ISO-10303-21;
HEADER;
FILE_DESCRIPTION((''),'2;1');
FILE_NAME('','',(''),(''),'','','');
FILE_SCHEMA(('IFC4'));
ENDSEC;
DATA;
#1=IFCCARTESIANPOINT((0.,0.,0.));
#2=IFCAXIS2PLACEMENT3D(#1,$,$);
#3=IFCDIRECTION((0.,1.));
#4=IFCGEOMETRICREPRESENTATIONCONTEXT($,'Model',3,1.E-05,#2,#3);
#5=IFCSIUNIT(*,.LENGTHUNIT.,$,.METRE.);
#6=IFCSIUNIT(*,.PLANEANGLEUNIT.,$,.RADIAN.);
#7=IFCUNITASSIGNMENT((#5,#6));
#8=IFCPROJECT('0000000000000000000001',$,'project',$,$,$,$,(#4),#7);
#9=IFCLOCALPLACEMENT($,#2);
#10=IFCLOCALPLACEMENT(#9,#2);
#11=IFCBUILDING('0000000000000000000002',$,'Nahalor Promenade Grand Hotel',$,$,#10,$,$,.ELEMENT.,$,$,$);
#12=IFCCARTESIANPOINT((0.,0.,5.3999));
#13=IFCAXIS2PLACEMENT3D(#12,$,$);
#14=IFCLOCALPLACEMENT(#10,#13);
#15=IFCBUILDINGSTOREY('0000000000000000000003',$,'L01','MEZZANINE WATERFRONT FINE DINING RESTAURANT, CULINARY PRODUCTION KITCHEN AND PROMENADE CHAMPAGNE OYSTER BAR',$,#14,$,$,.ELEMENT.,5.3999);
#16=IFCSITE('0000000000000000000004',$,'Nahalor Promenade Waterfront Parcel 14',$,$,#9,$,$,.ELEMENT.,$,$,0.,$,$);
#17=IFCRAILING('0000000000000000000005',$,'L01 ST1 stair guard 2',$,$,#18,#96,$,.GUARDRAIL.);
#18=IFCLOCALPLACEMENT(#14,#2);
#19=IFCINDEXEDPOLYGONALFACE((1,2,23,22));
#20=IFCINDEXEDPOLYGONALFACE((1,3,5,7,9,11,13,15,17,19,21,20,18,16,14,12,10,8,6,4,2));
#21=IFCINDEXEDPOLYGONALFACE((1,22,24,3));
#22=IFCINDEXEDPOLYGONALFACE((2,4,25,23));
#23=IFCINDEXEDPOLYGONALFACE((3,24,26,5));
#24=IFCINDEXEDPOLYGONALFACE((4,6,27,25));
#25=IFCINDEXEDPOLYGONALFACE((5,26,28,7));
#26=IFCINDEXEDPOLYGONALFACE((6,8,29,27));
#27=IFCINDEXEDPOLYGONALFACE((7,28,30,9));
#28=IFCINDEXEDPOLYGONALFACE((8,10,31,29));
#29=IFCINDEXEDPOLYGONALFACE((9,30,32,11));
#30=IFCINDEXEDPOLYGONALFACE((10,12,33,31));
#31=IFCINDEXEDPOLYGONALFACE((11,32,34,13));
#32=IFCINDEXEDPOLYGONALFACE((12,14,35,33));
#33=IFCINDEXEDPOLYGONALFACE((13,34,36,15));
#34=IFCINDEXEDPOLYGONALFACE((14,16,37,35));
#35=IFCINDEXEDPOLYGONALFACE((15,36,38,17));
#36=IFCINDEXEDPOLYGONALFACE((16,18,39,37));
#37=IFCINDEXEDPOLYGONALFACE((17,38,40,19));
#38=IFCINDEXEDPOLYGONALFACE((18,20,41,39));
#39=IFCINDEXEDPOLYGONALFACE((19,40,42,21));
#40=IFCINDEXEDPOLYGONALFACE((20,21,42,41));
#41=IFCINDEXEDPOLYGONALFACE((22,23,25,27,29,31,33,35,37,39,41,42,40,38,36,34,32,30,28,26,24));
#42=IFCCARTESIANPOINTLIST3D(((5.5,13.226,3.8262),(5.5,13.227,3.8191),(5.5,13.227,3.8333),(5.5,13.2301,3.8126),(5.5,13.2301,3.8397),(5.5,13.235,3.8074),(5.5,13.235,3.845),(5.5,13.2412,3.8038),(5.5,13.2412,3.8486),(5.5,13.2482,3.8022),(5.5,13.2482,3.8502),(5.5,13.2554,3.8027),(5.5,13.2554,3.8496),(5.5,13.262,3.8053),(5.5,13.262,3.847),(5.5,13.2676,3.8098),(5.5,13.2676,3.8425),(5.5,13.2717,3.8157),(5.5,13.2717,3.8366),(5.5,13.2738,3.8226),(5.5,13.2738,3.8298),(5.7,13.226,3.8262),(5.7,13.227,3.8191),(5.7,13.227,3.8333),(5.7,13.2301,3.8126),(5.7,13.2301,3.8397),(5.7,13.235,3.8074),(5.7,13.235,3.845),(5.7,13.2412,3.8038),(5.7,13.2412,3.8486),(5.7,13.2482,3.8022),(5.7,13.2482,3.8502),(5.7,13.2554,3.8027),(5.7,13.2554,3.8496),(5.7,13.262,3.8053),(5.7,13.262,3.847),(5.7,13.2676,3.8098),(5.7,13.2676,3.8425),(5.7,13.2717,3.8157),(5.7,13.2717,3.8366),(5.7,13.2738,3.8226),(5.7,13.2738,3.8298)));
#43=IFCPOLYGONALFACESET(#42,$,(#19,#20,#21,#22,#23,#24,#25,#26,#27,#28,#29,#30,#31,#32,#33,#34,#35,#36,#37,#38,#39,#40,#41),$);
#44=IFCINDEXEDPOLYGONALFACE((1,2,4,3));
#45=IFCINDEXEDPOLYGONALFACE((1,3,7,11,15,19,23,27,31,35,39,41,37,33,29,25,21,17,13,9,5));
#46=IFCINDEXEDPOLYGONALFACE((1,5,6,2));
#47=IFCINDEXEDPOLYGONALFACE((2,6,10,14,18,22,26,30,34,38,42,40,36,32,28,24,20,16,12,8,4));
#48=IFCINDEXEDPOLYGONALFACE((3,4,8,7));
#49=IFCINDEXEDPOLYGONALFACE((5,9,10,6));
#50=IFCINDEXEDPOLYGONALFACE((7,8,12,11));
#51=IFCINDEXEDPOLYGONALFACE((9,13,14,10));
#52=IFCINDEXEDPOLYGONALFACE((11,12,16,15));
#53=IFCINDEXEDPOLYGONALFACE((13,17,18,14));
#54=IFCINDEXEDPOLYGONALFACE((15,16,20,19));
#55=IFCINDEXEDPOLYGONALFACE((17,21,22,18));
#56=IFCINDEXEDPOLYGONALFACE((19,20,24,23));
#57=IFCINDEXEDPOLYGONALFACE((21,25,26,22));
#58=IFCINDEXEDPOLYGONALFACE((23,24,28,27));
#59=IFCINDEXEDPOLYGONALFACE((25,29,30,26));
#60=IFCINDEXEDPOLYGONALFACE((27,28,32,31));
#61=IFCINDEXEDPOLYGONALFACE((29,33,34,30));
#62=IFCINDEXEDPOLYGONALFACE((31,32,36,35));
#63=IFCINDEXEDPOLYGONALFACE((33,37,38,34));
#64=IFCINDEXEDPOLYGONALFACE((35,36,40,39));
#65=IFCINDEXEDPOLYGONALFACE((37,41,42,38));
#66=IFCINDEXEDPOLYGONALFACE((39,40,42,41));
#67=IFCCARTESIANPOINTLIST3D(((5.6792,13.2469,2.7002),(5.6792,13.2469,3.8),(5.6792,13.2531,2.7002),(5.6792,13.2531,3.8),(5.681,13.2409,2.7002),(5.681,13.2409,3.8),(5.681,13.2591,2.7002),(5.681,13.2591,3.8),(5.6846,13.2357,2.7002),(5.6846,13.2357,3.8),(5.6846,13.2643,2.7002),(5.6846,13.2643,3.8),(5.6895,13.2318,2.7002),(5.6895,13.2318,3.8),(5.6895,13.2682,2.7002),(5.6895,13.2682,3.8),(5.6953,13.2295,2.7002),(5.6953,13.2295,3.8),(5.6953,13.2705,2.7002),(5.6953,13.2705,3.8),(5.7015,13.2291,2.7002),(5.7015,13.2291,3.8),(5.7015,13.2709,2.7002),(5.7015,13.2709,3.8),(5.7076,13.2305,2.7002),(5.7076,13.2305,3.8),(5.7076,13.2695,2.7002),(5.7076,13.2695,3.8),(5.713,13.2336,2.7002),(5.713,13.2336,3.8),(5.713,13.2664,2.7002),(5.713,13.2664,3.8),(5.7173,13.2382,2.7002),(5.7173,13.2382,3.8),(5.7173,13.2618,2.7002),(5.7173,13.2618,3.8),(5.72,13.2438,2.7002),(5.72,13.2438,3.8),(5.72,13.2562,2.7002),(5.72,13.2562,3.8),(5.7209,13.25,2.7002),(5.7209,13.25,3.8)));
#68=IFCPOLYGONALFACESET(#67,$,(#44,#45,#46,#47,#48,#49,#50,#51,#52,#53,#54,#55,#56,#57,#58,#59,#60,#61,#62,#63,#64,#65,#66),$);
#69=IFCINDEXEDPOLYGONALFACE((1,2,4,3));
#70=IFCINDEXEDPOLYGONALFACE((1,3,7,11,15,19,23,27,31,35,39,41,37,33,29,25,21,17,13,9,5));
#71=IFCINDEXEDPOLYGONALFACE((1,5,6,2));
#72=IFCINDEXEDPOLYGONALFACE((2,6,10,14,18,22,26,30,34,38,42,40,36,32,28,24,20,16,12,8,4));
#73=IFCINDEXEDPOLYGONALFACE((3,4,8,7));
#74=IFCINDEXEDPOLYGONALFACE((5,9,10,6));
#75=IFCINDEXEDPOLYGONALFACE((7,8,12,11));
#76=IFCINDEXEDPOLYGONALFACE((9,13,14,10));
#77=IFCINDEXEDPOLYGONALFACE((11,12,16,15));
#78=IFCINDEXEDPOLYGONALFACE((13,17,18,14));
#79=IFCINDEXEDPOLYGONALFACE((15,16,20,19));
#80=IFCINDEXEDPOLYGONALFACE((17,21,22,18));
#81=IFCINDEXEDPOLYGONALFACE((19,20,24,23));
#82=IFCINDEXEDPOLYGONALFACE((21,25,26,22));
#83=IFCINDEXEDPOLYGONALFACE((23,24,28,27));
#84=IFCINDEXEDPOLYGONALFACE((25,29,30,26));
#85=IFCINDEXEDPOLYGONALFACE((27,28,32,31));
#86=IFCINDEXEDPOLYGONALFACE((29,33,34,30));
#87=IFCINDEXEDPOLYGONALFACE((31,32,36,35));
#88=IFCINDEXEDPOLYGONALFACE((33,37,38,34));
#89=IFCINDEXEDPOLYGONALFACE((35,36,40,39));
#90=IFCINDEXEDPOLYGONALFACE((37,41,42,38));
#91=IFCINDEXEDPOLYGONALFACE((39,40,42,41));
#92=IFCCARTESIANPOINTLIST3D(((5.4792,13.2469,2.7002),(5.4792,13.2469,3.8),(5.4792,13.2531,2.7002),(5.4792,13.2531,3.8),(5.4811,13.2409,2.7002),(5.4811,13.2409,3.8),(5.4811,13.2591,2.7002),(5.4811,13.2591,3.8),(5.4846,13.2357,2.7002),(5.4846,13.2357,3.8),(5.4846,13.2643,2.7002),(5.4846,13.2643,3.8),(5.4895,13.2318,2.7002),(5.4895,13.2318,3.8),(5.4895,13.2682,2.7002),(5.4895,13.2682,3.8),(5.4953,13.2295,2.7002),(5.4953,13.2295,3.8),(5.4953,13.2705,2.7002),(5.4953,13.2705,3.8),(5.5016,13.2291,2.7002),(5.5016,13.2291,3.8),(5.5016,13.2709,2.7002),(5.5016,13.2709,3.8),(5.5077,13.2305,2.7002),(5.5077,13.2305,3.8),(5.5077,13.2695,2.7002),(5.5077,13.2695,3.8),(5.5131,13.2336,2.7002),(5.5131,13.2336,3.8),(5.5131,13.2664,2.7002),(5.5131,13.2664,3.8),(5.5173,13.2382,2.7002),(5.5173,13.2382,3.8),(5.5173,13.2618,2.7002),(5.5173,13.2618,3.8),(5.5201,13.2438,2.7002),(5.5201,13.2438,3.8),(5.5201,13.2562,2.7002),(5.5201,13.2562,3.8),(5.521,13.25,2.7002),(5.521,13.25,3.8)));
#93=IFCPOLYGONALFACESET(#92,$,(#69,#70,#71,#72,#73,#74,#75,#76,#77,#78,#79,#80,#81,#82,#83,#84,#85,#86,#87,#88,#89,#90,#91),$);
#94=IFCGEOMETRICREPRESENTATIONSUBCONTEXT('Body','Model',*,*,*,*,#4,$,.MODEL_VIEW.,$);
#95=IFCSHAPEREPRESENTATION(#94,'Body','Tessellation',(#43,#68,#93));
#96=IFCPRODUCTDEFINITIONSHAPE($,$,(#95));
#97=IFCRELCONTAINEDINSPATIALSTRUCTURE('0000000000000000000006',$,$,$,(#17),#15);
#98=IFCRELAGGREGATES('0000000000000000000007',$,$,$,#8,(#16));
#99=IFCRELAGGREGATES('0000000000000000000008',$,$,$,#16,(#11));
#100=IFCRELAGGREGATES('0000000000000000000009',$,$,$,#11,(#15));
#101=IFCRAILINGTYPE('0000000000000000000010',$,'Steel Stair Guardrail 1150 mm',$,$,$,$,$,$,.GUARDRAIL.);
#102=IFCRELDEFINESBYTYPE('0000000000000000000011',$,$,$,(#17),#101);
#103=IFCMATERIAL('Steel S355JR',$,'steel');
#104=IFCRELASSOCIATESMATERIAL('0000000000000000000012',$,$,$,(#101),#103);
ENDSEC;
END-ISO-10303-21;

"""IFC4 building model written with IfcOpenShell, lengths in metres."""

from ifc_helpers import new_model, si_unit, direction, frame, origin, origin_2d, place, context, subcontext, project, spatial, circle, extrude, material, type_object, element, save


model = new_model("IFC4")

# Units and contexts
model_context = context("Model", 3, precision=1e-05, world=origin(), true_north=direction((0.0, 1.0)))
body_context = subcontext(model_context, "Body", "Model", "MODEL_VIEW")
ifc_project = project(units=[si_unit("LENGTHUNIT", "METRE"), si_unit("PLANEANGLEUNIT", "RADIAN")], contexts=[model_context])

# Site, building, storey
site_placement = place(None, origin())
site = spatial("IfcSite", under=ifc_project, at=site_placement, Name="Nahalor Promenade Waterfront Parcel 14", CompositionType="ELEMENT", RefElevation=0.0)
building_placement = place(site_placement, origin())
building = spatial("IfcBuilding", under=site, at=building_placement, Name="Nahalor Promenade Grand Hotel", CompositionType="ELEMENT")
storey_placement = place(building_placement, frame((0.0, 0.0, 5.3999)))
storey = spatial("IfcBuildingStorey", under=building, at=storey_placement, Name="L01", Description="MEZZANINE WATERFRONT FINE DINING RESTAURANT, CULINARY PRODUCTION KITCHEN AND PROMENADE CHAMPAGNE OYSTER BAR", CompositionType="ELEMENT", Elevation=5.3999)

# Shared definitions
ifc_material_1 = material(Name="Steel S355JR", Category="steel")

# Railing
railing_type = type_object("IfcRailingType", Name="Steel Stair Guardrail 1150 mm", PredefinedType="GUARDRAIL", material=ifc_material_1)
railing_1_placement = place(storey_placement, frame((5.7, 13.25, 2.7002)))
element("IfcRailing", 1, at=railing_1_placement, inside=storey, type_object=railing_type, Name="L01 ST1 stair guard 2", PredefinedType="GUARDRAIL", context=body_context, shape_type="SweptSolid", body=[
    extrude(circle(Radius=0.024, at=origin_2d()), frame((0.0, 0.0, 1.126), z_axis=(-1.0, 0.0, 0.0), x_axis=(0.0, -1.0, 0.0)), (0.0, 0.0, 1.0), 0.2),
    extrude(circle(Radius=0.021, at=origin_2d()), origin(), (0.0, 0.0, 1.0), 1.0999),
    extrude(circle(Radius=0.021, at=origin_2d()), frame((-0.2, 0.0, 0.0)), (0.0, 0.0, 1.0), 1.0999),
])

save(model, "model.ifc")
